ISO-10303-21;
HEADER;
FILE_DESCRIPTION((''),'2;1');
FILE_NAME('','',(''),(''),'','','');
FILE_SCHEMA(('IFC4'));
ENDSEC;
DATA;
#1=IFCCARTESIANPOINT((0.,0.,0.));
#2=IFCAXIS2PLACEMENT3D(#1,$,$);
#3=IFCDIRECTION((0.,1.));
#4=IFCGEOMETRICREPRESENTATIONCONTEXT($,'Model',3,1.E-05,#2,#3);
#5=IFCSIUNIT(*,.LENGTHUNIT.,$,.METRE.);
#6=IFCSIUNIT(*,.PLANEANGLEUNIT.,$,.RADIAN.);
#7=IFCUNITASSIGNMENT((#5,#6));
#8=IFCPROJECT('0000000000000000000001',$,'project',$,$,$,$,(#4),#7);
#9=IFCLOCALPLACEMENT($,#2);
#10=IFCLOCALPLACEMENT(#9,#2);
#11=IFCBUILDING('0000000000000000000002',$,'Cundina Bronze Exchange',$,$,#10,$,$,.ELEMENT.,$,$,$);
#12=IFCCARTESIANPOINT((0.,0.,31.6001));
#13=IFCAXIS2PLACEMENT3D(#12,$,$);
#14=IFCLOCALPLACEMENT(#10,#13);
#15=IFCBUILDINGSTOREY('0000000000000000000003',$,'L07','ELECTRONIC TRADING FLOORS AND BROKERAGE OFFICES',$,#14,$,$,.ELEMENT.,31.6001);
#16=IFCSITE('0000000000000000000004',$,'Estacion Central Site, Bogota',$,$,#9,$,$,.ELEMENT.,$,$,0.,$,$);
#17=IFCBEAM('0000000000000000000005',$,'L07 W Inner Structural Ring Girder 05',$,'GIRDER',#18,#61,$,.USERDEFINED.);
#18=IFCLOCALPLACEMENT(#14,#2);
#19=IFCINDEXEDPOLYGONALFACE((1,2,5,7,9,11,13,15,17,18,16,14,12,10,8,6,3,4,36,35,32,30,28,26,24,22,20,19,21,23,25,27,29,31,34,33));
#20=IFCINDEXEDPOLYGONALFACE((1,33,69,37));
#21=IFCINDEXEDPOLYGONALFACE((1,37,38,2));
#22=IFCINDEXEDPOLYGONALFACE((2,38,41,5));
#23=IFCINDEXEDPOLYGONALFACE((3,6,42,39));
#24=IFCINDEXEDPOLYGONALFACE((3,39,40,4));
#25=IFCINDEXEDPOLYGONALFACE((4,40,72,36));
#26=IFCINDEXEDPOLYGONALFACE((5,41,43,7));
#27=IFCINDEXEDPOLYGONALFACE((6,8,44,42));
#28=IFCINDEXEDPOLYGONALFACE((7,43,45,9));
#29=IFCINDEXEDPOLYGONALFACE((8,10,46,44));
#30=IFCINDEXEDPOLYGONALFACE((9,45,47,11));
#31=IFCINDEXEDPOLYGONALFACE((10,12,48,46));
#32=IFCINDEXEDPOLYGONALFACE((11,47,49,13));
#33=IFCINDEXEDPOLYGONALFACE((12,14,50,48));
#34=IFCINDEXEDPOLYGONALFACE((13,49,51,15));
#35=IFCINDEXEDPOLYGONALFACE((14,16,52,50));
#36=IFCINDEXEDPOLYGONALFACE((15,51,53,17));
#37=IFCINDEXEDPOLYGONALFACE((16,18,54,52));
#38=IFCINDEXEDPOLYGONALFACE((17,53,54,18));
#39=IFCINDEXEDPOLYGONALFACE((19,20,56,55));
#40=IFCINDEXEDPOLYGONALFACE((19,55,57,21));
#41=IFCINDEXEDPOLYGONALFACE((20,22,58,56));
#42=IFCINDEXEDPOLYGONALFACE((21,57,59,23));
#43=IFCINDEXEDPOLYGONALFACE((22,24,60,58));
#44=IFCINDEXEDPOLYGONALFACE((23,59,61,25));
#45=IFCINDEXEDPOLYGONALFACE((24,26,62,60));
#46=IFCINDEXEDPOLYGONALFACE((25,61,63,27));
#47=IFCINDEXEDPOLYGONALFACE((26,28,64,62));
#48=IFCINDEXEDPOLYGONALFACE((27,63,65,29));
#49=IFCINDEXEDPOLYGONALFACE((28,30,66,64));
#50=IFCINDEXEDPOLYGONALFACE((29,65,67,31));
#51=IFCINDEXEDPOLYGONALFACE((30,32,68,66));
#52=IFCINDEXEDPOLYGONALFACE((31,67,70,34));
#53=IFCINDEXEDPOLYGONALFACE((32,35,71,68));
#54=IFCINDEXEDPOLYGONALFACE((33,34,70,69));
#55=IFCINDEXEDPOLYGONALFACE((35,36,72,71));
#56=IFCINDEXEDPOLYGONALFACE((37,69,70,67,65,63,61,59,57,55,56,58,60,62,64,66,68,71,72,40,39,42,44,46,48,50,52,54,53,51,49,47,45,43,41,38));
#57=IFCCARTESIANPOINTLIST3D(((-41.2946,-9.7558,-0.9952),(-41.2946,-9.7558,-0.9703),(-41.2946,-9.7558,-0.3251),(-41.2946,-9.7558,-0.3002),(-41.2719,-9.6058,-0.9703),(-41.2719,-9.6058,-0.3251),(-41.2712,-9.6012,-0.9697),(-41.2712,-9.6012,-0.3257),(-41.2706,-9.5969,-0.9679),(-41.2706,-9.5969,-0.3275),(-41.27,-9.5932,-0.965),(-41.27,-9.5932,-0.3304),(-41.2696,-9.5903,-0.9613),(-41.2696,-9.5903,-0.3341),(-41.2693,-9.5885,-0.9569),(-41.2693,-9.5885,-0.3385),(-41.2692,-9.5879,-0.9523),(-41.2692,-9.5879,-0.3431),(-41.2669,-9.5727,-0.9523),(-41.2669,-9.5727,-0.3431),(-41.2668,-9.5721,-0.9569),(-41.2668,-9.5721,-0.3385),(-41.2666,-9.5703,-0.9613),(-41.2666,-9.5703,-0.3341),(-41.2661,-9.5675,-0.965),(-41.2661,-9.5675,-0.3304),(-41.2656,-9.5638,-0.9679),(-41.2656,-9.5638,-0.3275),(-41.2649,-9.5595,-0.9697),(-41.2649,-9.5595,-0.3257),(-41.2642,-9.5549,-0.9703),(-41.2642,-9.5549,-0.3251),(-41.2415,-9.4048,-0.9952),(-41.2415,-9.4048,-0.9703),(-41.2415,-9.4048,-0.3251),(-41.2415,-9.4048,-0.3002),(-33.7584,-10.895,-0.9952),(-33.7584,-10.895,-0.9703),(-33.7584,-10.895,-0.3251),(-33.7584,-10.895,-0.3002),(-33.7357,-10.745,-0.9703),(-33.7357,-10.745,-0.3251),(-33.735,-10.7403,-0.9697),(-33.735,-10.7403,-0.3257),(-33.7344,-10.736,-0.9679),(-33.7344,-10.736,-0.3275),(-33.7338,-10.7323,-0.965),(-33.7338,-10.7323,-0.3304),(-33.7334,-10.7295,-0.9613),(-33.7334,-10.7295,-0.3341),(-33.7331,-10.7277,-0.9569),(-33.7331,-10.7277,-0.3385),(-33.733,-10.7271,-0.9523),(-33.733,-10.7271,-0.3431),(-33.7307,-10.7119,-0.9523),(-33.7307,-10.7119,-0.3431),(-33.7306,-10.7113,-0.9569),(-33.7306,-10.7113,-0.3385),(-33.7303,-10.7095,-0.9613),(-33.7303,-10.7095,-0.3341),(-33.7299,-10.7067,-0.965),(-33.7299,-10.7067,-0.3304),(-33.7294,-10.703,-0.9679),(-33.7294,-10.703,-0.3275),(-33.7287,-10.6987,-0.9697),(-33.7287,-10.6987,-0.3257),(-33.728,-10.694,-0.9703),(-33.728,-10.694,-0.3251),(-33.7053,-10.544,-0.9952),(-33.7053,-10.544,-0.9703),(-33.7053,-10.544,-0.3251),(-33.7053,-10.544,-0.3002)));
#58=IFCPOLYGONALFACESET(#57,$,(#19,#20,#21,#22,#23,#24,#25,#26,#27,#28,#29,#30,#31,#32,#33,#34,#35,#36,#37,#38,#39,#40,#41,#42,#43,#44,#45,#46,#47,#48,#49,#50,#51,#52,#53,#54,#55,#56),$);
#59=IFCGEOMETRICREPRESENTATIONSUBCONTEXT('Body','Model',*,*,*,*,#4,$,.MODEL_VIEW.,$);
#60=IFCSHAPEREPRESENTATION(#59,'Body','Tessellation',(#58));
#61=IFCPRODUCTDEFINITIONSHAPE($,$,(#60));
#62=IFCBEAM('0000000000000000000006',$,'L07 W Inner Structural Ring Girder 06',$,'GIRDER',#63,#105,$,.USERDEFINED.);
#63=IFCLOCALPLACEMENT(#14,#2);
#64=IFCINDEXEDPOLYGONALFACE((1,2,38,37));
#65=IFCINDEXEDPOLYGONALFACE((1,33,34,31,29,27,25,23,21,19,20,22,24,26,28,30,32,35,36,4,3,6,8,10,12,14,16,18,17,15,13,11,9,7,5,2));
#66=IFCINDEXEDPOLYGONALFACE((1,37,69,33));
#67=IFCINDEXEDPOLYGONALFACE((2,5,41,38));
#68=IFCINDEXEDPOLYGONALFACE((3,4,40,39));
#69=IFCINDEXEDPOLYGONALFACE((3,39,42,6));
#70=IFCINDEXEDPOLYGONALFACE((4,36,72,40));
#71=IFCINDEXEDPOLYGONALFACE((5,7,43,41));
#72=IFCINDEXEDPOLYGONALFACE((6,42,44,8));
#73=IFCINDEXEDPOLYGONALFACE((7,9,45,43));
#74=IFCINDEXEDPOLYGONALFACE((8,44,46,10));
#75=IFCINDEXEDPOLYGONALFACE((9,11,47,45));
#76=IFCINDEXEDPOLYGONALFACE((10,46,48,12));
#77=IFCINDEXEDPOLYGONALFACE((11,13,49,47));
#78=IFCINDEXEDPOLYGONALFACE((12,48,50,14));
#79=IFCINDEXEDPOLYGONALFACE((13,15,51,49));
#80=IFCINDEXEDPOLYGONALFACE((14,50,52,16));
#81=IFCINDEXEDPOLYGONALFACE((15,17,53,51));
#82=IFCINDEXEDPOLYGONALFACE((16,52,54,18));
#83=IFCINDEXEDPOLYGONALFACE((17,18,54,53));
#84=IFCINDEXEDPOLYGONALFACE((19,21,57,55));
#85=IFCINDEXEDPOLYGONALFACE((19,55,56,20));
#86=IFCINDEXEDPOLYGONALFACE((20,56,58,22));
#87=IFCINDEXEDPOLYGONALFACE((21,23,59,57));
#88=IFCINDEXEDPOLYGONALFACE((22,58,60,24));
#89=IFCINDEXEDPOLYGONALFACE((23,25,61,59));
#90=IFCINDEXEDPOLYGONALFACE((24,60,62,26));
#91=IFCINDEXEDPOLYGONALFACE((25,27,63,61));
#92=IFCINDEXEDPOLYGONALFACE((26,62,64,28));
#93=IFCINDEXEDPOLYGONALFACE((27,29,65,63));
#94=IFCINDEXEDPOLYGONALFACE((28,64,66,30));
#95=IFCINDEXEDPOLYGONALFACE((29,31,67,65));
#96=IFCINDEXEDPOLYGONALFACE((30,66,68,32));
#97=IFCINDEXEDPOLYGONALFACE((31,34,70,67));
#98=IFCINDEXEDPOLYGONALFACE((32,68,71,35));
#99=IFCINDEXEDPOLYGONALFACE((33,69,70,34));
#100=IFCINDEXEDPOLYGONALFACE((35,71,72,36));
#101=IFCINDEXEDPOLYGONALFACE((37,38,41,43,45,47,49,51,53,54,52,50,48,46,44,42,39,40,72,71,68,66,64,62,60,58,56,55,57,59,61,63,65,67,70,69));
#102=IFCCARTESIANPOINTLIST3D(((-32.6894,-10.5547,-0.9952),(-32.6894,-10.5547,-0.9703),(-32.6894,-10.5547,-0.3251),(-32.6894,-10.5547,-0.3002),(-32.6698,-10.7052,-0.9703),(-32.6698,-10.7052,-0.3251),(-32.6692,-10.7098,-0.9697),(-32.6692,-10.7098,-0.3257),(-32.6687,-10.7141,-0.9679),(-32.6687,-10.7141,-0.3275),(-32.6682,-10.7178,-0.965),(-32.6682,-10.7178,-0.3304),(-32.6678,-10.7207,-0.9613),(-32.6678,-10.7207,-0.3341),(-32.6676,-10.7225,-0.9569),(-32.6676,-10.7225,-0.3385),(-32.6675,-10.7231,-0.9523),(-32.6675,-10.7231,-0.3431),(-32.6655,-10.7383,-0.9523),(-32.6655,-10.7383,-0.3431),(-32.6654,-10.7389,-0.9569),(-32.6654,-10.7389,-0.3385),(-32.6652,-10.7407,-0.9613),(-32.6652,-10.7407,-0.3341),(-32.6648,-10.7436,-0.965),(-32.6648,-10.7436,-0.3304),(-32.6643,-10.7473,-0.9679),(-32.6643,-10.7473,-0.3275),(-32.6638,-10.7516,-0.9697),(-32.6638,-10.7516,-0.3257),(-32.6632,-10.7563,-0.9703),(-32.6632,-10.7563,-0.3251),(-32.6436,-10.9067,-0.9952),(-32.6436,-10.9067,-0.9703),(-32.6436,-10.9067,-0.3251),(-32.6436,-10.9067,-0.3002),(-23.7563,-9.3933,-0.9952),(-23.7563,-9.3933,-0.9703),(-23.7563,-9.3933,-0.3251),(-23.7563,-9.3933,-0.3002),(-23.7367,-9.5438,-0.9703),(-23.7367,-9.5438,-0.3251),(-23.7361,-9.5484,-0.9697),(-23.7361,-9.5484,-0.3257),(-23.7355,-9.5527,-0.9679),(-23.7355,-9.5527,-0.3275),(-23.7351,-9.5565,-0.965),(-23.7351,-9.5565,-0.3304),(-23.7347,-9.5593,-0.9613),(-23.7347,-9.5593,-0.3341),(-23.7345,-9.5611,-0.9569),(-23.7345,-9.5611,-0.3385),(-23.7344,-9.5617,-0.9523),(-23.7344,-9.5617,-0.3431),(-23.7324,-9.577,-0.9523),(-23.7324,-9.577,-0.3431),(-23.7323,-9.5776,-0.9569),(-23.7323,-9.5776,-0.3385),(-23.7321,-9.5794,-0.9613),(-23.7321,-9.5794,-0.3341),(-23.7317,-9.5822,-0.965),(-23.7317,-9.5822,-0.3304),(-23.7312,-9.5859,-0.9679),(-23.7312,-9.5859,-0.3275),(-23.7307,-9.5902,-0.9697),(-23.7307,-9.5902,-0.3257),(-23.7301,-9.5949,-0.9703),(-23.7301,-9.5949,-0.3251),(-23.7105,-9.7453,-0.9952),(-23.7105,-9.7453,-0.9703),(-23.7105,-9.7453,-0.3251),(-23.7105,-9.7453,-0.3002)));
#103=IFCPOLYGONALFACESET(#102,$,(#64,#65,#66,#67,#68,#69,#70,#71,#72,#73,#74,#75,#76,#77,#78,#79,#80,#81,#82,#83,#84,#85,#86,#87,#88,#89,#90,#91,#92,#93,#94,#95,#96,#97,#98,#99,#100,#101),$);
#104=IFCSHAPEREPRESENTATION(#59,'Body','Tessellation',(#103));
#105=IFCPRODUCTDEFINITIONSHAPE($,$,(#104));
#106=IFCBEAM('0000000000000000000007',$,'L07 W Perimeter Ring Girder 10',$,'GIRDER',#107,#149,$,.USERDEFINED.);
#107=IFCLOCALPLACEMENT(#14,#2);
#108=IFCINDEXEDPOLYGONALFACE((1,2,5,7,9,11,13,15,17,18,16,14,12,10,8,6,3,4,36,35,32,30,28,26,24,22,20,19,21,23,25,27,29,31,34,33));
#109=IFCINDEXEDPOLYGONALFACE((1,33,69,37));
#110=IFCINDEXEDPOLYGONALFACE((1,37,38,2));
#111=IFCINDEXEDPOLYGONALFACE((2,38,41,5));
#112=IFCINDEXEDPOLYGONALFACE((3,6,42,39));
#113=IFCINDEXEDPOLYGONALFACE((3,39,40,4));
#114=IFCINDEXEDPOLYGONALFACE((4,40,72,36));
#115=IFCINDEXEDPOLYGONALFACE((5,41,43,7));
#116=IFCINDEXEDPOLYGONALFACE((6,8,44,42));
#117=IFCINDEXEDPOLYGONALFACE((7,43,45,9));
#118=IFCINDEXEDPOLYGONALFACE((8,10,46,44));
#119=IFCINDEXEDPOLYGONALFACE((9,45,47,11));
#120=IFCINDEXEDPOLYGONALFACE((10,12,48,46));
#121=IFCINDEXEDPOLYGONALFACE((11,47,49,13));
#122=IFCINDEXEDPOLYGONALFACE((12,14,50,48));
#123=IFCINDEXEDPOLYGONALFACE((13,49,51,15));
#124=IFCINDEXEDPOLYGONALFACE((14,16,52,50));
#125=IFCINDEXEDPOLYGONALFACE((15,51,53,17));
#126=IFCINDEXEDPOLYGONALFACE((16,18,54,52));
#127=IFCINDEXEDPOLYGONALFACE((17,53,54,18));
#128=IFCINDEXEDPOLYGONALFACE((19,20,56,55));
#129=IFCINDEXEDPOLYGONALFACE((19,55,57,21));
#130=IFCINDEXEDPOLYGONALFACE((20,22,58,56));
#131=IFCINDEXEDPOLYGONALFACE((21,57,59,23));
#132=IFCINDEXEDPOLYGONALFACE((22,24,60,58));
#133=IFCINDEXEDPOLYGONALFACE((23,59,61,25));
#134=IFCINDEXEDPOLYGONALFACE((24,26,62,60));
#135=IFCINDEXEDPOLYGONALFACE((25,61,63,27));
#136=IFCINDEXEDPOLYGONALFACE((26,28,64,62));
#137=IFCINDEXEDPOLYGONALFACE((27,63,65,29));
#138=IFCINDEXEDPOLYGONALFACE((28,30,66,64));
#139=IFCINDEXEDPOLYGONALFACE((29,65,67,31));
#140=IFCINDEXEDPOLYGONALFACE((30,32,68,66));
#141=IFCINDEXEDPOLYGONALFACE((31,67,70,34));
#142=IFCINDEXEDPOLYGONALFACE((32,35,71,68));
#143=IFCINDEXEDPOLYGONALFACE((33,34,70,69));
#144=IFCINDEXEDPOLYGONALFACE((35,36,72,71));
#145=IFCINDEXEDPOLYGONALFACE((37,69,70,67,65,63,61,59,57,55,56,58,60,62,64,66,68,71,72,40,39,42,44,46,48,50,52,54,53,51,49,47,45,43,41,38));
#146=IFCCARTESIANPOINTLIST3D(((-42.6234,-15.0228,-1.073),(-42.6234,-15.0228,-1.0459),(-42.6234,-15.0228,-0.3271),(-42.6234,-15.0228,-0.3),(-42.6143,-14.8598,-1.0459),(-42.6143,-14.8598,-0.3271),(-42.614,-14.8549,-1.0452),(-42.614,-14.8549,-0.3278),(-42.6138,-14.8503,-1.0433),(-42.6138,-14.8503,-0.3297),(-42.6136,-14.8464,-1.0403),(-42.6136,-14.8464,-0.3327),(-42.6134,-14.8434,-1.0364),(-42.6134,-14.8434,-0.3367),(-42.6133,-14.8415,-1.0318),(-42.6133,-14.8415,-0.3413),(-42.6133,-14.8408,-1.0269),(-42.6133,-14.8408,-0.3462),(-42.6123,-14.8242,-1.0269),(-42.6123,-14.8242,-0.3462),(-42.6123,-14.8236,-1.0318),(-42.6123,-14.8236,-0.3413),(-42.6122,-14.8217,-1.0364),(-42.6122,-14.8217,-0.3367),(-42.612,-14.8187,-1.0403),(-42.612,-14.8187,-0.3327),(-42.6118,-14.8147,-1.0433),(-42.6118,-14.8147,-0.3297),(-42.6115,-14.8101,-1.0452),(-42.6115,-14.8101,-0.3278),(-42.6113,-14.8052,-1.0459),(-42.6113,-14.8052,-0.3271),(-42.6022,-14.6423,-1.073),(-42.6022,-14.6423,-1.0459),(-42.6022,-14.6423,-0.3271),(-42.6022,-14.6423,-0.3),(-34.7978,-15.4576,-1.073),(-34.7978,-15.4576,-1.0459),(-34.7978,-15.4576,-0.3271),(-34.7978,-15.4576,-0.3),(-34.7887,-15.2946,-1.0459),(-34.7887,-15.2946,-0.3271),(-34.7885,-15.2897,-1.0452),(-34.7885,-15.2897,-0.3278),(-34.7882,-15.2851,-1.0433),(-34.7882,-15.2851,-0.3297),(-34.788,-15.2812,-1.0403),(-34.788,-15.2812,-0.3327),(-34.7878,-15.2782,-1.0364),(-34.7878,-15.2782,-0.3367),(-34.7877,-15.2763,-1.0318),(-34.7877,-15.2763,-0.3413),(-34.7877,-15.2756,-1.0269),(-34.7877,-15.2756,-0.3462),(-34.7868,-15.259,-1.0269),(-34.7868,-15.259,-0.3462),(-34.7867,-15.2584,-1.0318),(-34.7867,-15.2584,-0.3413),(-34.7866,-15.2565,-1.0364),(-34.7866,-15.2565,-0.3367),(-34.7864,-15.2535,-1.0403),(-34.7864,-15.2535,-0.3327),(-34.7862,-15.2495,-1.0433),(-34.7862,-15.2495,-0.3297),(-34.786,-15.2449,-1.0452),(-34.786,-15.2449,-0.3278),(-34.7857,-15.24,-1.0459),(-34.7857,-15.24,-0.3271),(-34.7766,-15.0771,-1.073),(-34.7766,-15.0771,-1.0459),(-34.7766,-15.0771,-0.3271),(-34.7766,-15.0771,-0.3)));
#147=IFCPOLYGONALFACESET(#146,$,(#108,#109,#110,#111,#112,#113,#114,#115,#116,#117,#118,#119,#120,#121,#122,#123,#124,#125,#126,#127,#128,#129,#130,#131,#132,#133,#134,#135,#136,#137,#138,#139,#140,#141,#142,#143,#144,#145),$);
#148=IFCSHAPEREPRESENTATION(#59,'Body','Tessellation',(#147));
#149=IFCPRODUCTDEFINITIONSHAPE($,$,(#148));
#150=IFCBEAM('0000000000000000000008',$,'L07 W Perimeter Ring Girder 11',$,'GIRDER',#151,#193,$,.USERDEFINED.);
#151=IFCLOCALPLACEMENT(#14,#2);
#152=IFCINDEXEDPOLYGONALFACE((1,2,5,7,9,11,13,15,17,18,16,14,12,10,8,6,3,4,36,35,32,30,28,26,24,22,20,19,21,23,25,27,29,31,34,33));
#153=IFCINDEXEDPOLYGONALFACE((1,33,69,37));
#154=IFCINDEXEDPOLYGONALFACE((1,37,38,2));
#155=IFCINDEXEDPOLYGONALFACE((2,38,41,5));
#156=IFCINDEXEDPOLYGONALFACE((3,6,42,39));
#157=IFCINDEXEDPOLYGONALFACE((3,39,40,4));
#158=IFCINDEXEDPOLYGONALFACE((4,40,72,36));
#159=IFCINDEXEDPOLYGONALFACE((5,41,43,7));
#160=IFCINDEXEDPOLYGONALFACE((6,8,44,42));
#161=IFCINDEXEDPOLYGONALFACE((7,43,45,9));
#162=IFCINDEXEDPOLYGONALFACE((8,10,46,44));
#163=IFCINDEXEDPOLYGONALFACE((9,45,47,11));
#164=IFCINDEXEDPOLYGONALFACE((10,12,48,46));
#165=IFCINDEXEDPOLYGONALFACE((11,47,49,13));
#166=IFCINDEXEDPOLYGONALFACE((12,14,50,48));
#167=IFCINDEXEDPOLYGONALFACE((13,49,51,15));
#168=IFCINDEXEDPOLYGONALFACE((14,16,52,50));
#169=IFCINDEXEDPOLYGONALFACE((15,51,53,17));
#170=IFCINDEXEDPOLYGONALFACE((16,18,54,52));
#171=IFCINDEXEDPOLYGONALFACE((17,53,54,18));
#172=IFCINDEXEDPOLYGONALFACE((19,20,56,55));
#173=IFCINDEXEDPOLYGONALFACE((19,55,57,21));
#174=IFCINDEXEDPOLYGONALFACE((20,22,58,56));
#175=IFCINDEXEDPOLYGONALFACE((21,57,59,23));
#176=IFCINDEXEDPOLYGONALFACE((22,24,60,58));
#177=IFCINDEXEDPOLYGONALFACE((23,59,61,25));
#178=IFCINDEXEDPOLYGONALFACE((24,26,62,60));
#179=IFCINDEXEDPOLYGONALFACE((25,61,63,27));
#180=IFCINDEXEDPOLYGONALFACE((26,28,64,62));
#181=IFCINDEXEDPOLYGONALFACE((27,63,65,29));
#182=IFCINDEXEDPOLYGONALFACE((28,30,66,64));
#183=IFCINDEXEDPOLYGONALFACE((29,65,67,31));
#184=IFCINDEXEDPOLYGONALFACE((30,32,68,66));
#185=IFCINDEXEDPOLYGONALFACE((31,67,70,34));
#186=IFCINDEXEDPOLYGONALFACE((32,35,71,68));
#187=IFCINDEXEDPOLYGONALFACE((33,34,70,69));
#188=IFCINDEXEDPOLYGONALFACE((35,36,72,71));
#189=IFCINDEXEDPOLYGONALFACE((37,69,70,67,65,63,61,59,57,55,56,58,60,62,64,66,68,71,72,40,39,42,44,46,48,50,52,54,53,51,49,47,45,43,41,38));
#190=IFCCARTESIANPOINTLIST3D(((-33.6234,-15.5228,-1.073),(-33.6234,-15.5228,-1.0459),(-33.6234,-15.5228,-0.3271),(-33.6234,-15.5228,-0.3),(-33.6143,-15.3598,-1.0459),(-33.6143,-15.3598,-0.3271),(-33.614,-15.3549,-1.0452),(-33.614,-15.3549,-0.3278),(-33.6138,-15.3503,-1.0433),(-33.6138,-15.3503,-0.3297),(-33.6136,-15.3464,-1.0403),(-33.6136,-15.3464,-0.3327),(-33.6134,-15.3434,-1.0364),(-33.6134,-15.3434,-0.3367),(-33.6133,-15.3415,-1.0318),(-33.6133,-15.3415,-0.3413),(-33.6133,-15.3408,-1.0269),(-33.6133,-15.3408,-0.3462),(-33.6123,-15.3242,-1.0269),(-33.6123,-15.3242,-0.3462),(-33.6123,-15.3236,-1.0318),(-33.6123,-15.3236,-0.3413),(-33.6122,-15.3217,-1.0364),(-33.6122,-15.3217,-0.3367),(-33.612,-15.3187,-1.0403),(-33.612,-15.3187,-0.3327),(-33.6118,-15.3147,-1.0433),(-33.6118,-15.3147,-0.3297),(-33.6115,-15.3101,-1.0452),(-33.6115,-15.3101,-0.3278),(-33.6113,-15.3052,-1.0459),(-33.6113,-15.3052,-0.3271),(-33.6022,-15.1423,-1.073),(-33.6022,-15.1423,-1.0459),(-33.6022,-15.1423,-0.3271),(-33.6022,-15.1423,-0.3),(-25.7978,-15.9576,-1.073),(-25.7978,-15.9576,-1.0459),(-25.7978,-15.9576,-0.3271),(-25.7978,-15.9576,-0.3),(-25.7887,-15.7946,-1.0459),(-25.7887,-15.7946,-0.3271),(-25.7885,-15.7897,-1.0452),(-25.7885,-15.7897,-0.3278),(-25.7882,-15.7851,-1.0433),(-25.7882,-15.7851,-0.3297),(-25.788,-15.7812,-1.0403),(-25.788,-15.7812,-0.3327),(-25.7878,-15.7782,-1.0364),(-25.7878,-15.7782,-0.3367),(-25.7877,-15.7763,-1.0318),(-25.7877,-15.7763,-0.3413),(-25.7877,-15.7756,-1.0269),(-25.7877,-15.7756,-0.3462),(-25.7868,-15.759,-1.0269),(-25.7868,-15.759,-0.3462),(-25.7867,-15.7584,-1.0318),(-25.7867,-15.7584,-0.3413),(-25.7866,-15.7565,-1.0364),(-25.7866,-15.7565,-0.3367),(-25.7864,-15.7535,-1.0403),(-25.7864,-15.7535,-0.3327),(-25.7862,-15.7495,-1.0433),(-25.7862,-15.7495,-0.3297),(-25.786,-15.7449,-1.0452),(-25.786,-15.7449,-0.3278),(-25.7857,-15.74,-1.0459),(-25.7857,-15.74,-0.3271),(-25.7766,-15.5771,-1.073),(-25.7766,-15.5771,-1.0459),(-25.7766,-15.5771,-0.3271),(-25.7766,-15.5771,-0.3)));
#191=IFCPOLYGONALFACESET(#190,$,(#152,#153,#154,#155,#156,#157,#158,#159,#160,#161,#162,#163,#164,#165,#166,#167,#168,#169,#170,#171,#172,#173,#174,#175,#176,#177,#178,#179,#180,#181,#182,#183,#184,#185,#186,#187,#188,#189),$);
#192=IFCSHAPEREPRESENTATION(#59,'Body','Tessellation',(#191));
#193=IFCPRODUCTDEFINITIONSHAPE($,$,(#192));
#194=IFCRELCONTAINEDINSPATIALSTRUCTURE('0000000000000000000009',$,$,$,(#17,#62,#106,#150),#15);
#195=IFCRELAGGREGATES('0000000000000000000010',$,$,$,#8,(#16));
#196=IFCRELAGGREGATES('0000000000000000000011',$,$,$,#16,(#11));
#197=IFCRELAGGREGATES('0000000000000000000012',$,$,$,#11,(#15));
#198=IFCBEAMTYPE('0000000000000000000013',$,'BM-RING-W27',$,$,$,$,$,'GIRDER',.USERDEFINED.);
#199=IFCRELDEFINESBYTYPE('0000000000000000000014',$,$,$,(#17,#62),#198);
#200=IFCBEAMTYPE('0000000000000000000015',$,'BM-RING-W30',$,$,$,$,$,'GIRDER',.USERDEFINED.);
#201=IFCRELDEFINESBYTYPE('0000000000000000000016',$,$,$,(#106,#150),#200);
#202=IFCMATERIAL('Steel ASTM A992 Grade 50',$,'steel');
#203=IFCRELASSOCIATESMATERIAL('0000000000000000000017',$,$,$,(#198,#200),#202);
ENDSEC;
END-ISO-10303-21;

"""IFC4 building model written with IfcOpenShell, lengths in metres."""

from ifc_helpers import new_model, si_unit, direction, frame, origin, origin_2d, place, context, subcontext, project, spatial, i_section, extrude, material, material_profile, profile_set, type_object, element, save


model = new_model("IFC4")

# Units and contexts
model_context = context("Model", 3, precision=1e-05, world=origin(), true_north=direction((0.0, 1.0)))
body_context = subcontext(model_context, "Body", "Model", "MODEL_VIEW")
ifc_project = project(units=[si_unit("LENGTHUNIT", "METRE"), si_unit("PLANEANGLEUNIT", "RADIAN")], contexts=[model_context])

# Site, building, storey
site_placement = place(None, origin())
site = spatial("IfcSite", under=ifc_project, at=site_placement, Name="Estacion Central Site, Bogota", CompositionType="ELEMENT", RefElevation=0.0)
building_placement = place(site_placement, origin())
building = spatial("IfcBuilding", under=site, at=building_placement, Name="Cundina Bronze Exchange", CompositionType="ELEMENT")
storey_placement = place(building_placement, frame((0.0, 0.0, 31.6001)))
storey = spatial("IfcBuildingStorey", under=building, at=storey_placement, Name="L07", Description="ELECTRONIC TRADING FLOORS AND BROKERAGE OFFICES", CompositionType="ELEMENT", Elevation=31.6001)

# Beams
ifc_material_1 = material(Name="Steel ASTM A992 Grade 50", Category="steel")
ifc_material_profile_1 = material_profile(ifc_material_1, i_section(OverallWidth=0.355, OverallDepth=0.6951, WebThickness=0.0154, FlangeThickness=0.0249, FilletRadius=0.0181, at=origin_2d()), Name="W27X146", Category="steel")
ifc_profile_set_1 = profile_set([ifc_material_profile_1], Name="Steel ASTM A992 Grade 50")
beam_type_1 = type_object("IfcBeamType", Name="BM-RING-W27", ElementType="GIRDER", PredefinedType="USERDEFINED", material=ifc_profile_set_1)
beam_1_placement = place(storey_placement, frame((-41.2681, -9.5803, -0.6477), z_axis=(0.988767, -0.149462, 0.0), x_axis=(0.149462, 0.988767, 0.0)))
element("IfcBeam", 1, at=beam_1_placement, inside=storey, type_object=beam_type_1, Name="L07 W Inner Structural Ring Girder 05", ObjectType="GIRDER", PredefinedType="USERDEFINED", context=body_context, shape_type="SweptSolid", body=[
    extrude(i_section(OverallWidth=0.355, OverallDepth=0.6951, WebThickness=0.0154, FlangeThickness=0.0249, FilletRadius=0.0181, at=origin_2d()), origin(), (0.0, 0.0, 1.0), 7.6218),
])
beam_2_placement = place(storey_placement, frame((-32.6665, -10.7307, -0.6477), z_axis=(0.991655, 0.128923, 0.0), x_axis=(-0.128923, 0.991655, 0.0)))
element("IfcBeam", 2, at=beam_2_placement, inside=storey, type_object=beam_type_1, Name="L07 W Inner Structural Ring Girder 06", ObjectType="GIRDER", PredefinedType="USERDEFINED", context=body_context, shape_type="SweptSolid", body=[
    extrude(i_section(OverallWidth=0.355, OverallDepth=0.6951, WebThickness=0.0154, FlangeThickness=0.0249, FilletRadius=0.0181, at=origin_2d()), origin(), (0.0, 0.0, 1.0), 9.0083),
])
ifc_material_profile_2 = material_profile(ifc_material_1, i_section(OverallWidth=0.3811, OverallDepth=0.7729, WebThickness=0.0166, FlangeThickness=0.0271, FilletRadius=0.019, at=origin_2d()), Name="W30X173", Category="steel")
ifc_profile_set_2 = profile_set([ifc_material_profile_2], Name="Steel ASTM A992 Grade 50")
beam_type_2 = type_object("IfcBeamType", Name="BM-RING-W30", ElementType="GIRDER", PredefinedType="USERDEFINED", material=ifc_profile_set_2)
for number, where, z_axis, x_axis, name in (
    (3, (-42.6128, -14.8325, -0.6865), (0.99846, -0.055477, 0.0), (0.055477, 0.99846, 0.0), "L07 W Perimeter Ring Girder 10"),
    (4, (-33.6128, -15.3325, -0.6865), (0.99846, -0.055477, 0.0), (0.055477, 0.99846, 0.0), "L07 W Perimeter Ring Girder 11"),
):
    element("IfcBeam", number, at=place(storey_placement, frame(where, z_axis=z_axis, x_axis=x_axis)), inside=storey, type_object=beam_type_2, Name=name, ObjectType="GIRDER", PredefinedType="USERDEFINED", context=body_context, shape_type="SweptSolid", body=[
        extrude(i_section(OverallWidth=0.3811, OverallDepth=0.7729, WebThickness=0.0166, FlangeThickness=0.0271, FilletRadius=0.019, at=origin_2d()), origin(), (0.0, 0.0, 1.0), 7.8376),
    ])

save(model, "model.ifc")
